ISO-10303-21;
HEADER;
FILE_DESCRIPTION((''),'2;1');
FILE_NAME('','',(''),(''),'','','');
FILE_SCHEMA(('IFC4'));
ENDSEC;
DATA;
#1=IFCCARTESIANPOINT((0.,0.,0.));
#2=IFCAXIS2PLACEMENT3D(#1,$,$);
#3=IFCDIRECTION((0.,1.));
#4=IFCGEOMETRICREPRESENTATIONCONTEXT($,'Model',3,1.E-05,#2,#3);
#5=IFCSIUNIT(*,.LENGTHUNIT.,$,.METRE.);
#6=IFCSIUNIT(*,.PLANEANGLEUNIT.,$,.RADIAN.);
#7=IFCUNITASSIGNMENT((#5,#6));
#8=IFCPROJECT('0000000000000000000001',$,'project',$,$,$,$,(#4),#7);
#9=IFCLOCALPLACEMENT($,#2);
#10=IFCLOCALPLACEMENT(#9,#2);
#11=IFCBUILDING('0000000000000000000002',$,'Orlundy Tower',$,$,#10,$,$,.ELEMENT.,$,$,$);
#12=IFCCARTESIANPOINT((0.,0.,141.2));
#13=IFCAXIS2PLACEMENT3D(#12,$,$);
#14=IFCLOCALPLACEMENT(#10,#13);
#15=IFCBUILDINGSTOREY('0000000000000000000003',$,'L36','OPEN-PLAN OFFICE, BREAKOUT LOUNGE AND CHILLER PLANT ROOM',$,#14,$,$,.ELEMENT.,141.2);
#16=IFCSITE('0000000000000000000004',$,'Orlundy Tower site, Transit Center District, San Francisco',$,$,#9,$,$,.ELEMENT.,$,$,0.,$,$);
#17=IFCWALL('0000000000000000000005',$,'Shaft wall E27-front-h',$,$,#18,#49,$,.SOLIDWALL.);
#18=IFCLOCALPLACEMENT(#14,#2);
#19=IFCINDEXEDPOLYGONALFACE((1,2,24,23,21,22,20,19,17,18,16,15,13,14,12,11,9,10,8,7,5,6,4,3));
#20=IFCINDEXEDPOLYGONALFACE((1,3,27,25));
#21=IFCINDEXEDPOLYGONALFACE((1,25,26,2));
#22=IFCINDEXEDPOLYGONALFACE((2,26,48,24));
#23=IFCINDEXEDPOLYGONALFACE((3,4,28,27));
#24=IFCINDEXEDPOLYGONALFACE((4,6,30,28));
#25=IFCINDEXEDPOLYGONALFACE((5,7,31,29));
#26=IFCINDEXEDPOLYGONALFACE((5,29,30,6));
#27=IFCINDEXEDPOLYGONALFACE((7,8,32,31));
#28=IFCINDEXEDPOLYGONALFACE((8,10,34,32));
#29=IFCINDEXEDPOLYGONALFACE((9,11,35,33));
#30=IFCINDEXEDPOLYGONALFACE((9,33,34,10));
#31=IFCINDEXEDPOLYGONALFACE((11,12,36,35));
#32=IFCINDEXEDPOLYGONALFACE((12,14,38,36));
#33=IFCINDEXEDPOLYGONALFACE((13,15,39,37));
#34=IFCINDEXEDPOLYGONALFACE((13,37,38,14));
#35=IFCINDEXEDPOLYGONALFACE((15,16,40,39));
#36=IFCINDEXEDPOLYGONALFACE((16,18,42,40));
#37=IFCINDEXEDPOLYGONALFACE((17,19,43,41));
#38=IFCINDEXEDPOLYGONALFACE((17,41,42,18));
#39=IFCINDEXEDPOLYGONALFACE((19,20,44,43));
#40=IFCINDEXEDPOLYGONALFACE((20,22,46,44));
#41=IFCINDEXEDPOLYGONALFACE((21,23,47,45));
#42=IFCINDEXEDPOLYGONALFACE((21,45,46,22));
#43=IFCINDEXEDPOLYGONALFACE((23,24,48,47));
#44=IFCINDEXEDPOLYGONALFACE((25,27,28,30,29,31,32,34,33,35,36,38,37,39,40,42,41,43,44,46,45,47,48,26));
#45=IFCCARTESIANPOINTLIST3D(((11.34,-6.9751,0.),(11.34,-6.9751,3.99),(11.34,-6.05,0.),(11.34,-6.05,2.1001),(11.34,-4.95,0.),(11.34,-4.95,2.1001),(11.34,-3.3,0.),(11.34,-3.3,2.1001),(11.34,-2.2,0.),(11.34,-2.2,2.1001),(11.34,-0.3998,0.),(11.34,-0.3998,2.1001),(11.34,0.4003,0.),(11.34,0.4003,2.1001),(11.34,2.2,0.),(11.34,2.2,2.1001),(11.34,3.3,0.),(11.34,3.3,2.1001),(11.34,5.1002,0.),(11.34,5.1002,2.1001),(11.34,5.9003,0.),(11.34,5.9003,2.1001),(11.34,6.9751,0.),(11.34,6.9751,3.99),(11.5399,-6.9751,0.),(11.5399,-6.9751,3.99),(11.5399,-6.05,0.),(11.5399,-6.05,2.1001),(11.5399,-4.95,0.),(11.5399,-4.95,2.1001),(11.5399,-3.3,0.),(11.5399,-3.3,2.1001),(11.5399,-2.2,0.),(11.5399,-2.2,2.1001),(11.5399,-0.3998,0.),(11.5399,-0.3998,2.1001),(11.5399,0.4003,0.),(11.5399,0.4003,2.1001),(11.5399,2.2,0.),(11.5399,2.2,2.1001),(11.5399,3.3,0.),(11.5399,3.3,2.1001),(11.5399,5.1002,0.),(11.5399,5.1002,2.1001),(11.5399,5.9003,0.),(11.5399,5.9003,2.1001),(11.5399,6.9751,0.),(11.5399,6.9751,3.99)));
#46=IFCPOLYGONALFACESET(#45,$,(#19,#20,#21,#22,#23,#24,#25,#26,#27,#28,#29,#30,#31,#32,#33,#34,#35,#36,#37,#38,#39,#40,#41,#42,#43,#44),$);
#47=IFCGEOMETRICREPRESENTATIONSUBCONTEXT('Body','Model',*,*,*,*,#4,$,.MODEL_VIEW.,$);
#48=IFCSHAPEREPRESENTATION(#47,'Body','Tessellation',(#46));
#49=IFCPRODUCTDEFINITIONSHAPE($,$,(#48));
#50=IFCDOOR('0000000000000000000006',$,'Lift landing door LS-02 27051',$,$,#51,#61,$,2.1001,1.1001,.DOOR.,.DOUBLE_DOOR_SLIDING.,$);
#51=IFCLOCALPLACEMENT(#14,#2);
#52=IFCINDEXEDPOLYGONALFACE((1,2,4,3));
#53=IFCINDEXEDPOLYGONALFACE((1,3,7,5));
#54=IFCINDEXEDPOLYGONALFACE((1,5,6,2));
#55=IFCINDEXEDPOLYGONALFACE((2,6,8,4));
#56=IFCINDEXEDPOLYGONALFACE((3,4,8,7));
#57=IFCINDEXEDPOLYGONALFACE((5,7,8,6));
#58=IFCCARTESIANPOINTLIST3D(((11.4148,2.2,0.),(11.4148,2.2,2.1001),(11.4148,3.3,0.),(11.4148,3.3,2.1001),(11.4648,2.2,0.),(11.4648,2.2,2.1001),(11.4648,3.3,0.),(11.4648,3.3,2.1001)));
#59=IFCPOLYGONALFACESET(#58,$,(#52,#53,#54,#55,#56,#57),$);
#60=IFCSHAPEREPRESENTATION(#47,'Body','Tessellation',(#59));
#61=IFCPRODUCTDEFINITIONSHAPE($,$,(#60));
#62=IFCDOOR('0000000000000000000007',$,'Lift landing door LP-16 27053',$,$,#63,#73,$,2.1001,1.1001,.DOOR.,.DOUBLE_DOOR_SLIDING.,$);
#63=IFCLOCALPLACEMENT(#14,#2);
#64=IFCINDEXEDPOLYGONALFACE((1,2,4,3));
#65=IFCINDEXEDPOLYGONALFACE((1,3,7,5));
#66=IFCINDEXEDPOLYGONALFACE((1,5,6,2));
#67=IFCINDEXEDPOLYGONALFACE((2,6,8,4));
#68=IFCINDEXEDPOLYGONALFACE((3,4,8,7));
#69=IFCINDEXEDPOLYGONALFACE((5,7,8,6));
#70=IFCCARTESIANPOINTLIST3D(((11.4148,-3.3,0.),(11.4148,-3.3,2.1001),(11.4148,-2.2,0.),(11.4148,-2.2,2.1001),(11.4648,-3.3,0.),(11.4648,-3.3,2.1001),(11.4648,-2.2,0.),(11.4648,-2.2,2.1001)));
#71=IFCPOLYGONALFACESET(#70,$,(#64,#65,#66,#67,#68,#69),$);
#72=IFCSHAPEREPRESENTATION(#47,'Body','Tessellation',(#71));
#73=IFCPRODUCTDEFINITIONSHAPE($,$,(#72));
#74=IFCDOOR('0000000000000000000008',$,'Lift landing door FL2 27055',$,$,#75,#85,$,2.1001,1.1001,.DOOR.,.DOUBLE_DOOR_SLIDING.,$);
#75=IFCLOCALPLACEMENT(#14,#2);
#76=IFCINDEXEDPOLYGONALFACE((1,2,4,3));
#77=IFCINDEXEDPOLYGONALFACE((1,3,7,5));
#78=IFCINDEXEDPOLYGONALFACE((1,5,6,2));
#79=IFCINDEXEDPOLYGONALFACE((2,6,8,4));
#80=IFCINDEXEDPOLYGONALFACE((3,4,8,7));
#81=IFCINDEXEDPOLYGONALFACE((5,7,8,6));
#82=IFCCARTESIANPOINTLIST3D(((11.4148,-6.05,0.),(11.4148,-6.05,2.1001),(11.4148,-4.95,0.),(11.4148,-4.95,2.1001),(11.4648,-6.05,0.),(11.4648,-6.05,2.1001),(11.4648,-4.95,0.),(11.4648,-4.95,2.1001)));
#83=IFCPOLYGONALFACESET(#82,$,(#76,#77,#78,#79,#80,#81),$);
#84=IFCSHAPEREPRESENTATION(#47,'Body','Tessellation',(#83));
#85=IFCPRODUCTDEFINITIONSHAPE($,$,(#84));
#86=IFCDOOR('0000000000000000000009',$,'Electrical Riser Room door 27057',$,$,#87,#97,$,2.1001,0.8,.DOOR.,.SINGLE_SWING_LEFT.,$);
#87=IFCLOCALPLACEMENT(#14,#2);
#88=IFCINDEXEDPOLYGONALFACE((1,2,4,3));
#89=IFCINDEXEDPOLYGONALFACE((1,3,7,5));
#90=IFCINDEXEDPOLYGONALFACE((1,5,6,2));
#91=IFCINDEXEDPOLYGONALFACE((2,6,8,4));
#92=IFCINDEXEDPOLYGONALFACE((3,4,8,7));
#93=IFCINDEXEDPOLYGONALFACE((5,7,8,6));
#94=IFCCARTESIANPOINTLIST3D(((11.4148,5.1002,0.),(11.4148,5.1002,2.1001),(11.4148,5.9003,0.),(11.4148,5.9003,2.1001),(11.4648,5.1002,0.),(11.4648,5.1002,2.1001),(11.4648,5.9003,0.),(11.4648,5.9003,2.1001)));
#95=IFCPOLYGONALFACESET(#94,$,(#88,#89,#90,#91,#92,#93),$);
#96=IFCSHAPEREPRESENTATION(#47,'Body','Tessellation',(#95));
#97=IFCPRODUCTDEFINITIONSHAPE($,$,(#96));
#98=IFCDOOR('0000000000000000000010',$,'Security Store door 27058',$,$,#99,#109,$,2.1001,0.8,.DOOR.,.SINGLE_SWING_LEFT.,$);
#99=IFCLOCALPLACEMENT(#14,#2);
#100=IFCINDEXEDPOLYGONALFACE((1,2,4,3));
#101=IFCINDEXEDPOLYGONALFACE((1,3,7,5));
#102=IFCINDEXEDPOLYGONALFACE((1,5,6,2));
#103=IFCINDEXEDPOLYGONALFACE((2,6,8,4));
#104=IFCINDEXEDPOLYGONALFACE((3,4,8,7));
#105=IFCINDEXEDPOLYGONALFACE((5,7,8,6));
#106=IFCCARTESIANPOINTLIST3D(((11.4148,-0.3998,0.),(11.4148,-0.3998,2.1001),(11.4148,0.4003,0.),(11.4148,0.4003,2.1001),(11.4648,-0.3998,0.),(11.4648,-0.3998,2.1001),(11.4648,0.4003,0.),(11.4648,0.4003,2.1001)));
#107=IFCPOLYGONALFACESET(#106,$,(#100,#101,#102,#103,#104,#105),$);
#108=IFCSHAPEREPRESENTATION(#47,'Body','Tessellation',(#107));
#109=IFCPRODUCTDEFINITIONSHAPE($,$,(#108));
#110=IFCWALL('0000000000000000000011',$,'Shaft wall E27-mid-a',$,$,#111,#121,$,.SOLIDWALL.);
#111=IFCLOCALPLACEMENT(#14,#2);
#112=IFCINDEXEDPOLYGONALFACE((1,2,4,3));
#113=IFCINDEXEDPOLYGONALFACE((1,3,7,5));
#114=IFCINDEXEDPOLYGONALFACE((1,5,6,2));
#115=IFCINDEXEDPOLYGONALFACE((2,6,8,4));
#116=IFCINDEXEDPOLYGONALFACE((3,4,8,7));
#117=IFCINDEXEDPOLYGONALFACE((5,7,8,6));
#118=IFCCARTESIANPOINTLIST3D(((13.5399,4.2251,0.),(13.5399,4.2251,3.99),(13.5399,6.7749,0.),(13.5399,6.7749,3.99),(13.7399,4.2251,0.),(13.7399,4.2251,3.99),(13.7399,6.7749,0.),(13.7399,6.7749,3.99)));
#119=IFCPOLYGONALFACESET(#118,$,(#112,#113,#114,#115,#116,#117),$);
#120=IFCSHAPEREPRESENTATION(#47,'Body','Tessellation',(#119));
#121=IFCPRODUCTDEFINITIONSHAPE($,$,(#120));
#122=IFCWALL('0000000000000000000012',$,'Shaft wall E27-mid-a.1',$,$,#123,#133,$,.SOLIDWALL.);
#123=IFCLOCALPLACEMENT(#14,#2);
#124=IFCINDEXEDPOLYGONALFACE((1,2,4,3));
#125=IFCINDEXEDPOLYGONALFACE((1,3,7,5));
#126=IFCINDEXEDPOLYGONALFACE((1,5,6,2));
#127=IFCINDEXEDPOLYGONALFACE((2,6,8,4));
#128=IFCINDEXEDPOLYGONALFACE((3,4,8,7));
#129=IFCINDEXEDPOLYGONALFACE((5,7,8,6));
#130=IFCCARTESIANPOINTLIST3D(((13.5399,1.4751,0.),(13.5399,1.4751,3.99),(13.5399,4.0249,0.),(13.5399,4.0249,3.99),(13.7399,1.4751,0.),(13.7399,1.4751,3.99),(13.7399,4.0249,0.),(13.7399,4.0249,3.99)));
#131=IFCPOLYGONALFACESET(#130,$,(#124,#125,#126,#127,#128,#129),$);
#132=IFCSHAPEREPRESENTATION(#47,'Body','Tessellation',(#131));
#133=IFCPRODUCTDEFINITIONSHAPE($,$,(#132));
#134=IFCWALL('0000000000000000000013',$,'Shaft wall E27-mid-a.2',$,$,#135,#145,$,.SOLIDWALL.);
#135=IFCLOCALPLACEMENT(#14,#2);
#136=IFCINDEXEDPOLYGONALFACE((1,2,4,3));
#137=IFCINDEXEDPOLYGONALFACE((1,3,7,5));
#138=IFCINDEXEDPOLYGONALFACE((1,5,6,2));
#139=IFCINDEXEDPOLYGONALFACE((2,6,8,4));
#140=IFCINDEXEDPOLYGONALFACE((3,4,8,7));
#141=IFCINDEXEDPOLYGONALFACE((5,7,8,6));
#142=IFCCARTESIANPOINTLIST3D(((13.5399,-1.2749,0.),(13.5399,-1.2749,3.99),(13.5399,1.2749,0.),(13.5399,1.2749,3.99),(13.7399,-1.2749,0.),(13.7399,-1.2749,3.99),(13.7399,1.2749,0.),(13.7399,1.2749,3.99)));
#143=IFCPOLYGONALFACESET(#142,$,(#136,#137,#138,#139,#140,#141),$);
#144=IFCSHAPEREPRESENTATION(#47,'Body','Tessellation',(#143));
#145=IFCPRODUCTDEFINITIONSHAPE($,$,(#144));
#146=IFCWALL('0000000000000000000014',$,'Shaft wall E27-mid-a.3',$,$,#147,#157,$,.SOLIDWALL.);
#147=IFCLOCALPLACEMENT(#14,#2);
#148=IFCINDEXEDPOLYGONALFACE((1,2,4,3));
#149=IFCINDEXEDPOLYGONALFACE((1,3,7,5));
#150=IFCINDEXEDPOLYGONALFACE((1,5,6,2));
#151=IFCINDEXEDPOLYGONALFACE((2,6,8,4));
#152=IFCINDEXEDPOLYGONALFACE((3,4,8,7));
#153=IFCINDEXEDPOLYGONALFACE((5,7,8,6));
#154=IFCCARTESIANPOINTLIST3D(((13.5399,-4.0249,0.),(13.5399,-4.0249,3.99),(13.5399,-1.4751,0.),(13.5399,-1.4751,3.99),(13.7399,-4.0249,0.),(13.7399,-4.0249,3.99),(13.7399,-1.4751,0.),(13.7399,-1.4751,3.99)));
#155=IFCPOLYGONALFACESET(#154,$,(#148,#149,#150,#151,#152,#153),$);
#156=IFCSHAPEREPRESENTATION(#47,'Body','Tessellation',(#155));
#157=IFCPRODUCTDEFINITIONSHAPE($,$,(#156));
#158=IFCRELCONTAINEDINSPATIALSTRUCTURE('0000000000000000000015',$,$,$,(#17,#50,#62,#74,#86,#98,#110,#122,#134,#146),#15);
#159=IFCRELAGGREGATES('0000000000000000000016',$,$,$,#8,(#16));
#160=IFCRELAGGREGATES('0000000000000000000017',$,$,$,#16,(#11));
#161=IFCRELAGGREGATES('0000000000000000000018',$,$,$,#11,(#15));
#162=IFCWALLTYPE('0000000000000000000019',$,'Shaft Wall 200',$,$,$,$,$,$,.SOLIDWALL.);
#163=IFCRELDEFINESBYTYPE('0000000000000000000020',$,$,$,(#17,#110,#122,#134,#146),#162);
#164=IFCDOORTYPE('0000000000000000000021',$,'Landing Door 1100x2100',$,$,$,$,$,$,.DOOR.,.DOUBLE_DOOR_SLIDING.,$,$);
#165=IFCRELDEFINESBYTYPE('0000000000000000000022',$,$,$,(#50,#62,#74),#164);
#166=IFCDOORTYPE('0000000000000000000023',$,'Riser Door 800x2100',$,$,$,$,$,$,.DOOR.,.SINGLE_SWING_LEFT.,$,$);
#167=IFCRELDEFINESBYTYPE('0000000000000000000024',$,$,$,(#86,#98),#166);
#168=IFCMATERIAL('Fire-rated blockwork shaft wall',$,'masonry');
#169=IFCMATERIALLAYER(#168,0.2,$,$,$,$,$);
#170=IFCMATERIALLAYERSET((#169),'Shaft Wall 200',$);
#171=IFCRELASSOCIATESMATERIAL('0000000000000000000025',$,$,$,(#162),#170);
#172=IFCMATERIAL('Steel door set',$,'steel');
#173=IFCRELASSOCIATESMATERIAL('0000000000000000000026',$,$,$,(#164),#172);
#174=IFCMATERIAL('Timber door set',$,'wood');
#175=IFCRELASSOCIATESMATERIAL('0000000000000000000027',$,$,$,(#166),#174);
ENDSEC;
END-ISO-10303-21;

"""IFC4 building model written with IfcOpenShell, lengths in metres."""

from ifc_helpers import new_model, si_unit, direction, frame, frame_2d, origin, place, context, subcontext, project, spatial, rectangle, extrude, material, layer, layer_set, type_object, element, fill, save


model = new_model("IFC4")

# Units and contexts
model_context = context("Model", 3, precision=1e-05, world=origin(), true_north=direction((0.0, 1.0)))
body_context = subcontext(model_context, "Body", "Model", "MODEL_VIEW")
ifc_project = project(units=[si_unit("LENGTHUNIT", "METRE"), si_unit("PLANEANGLEUNIT", "RADIAN")], contexts=[model_context])

# Site, building, storey
site_placement = place(None, origin())
site = spatial("IfcSite", under=ifc_project, at=site_placement, Name="Orlundy Tower site, Transit Center District, San Francisco", CompositionType="ELEMENT", RefElevation=0.0)
building_placement = place(site_placement, origin())
building = spatial("IfcBuilding", under=site, at=building_placement, Name="Orlundy Tower", CompositionType="ELEMENT")
storey_placement = place(building_placement, frame((0.0, 0.0, 141.2)))
storey = spatial("IfcBuildingStorey", under=building, at=storey_placement, Name="L36", Description="OPEN-PLAN OFFICE, BREAKOUT LOUNGE AND CHILLER PLANT ROOM", CompositionType="ELEMENT", Elevation=141.2)

# Shared definitions
ifc_material_1 = material(Name="Fire-rated blockwork shaft wall", Category="masonry")
ifc_layer_1 = layer(ifc_material_1, 0.2)
ifc_layer_set_1 = layer_set([ifc_layer_1], Name="Shaft Wall 200")
wall_type_1 = type_object("IfcWallType", Name="Shaft Wall 200", PredefinedType="SOLIDWALL", material=ifc_layer_set_1)

# Wall, openings, doors
wall_1_placement = place(storey_placement, frame((11.4399, 6.9751, 0.0), z_axis=(0.0, 0.0, 1.0), x_axis=(0.0, -1.0, 0.0)))
wall_1 = element("IfcWall", 1, at=wall_1_placement, inside=storey, type_object=wall_type_1, Name="Shaft wall E27-front-h", PredefinedType="SOLIDWALL", context=body_context, shape_type="SweptSolid", body=[
    extrude(rectangle(XDim=13.9502, YDim=0.2, at=frame_2d((6.9751, 0.0))), origin(), (0.0, 0.0, 1.0), 3.99),
])
opening_1_placement = place(wall_1_placement, frame((3.675, 0.0, 0.0)))
opening_1 = element("IfcOpeningElement", 2, at=opening_1_placement, cuts=wall_1, PredefinedType="OPENING", context=body_context, shape_type="SweptSolid", body=[
    extrude(rectangle(XDim=1.1001, YDim=2.1001, at=frame_2d((0.55, 1.05))), frame((0.0, 0.1101, 0.0), z_axis=(0.0, -1.0, 0.0), x_axis=(1.0, 0.0, 0.0)), (0.0, 0.0, 1.0), 0.2202),
])
opening_2_placement = place(wall_1_placement, frame((9.175, 0.0, 0.0)))
opening_2 = element("IfcOpeningElement", 3, at=opening_2_placement, cuts=wall_1, PredefinedType="OPENING", context=body_context, shape_type="SweptSolid", body=[
    extrude(rectangle(XDim=1.1001, YDim=2.1001, at=frame_2d((0.55, 1.05))), frame((0.0, 0.1101, 0.0), z_axis=(0.0, -1.0, 0.0), x_axis=(1.0, 0.0, 0.0)), (0.0, 0.0, 1.0), 0.2202),
])
opening_3_placement = place(wall_1_placement, frame((11.925, 0.0, 0.0)))
opening_3 = element("IfcOpeningElement", 4, at=opening_3_placement, cuts=wall_1, PredefinedType="OPENING", context=body_context, shape_type="SweptSolid", body=[
    extrude(rectangle(XDim=1.1001, YDim=2.1001, at=frame_2d((0.55, 1.05))), frame((0.0, 0.1101, 0.0), z_axis=(0.0, -1.0, 0.0), x_axis=(1.0, 0.0, 0.0)), (0.0, 0.0, 1.0), 0.2202),
])
opening_4_placement = place(wall_1_placement, frame((1.075, 0.0, 0.0)))
opening_4 = element("IfcOpeningElement", 5, at=opening_4_placement, cuts=wall_1, PredefinedType="OPENING", context=body_context, shape_type="SweptSolid", body=[
    extrude(rectangle(XDim=0.8, YDim=2.1001, at=frame_2d((0.3999, 1.05))), frame((0.0, 0.1101, 0.0), z_axis=(0.0, -1.0, 0.0), x_axis=(1.0, 0.0, 0.0)), (0.0, 0.0, 1.0), 0.2202),
])
opening_5_placement = place(wall_1_placement, frame((6.575, 0.0, 0.0)))
opening_5 = element("IfcOpeningElement", 6, at=opening_5_placement, cuts=wall_1, PredefinedType="OPENING", context=body_context, shape_type="SweptSolid", body=[
    extrude(rectangle(XDim=0.8, YDim=2.1001, at=frame_2d((0.3999, 1.05))), frame((0.0, 0.1101, 0.0), z_axis=(0.0, -1.0, 0.0), x_axis=(1.0, 0.0, 0.0)), (0.0, 0.0, 1.0), 0.2202),
])
ifc_material_2 = material(Name="Steel door set", Category="steel")
door_type_1 = type_object("IfcDoorType", Name="Landing Door 1100x2100", OperationType="DOUBLE_DOOR_SLIDING", PredefinedType="DOOR", material=ifc_material_2)
door_1_placement = place(opening_1_placement, origin())
door_1 = element("IfcDoor", 7, at=door_1_placement, inside=storey, type_object=door_type_1, Name="Lift landing door LS-02 27051", OperationType="DOUBLE_DOOR_SLIDING", OverallHeight=2.1001, OverallWidth=1.1001, PredefinedType="DOOR", context=body_context, shape_type="SweptSolid", body=[
    extrude(rectangle(XDim=1.1001, YDim=2.1001, at=frame_2d((0.55, 1.05))), frame((0.0, 0.0249, 0.0), z_axis=(0.0, -1.0, 0.0), x_axis=(1.0, 0.0, 0.0)), (0.0, 0.0, 1.0), 0.05),
])
fill(opening_1, door_1)
door_2_placement = place(opening_2_placement, origin())
door_2 = element("IfcDoor", 8, at=door_2_placement, inside=storey, type_object=door_type_1, Name="Lift landing door LP-16 27053", OperationType="DOUBLE_DOOR_SLIDING", OverallHeight=2.1001, OverallWidth=1.1001, PredefinedType="DOOR", context=body_context, shape_type="SweptSolid", body=[
    extrude(rectangle(XDim=1.1001, YDim=2.1001, at=frame_2d((0.55, 1.05))), frame((0.0, 0.0249, 0.0), z_axis=(0.0, -1.0, 0.0), x_axis=(1.0, 0.0, 0.0)), (0.0, 0.0, 1.0), 0.05),
])
fill(opening_2, door_2)
door_3_placement = place(opening_3_placement, origin())
door_3 = element("IfcDoor", 9, at=door_3_placement, inside=storey, type_object=door_type_1, Name="Lift landing door FL2 27055", OperationType="DOUBLE_DOOR_SLIDING", OverallHeight=2.1001, OverallWidth=1.1001, PredefinedType="DOOR", context=body_context, shape_type="SweptSolid", body=[
    extrude(rectangle(XDim=1.1001, YDim=2.1001, at=frame_2d((0.55, 1.05))), frame((0.0, 0.0249, 0.0), z_axis=(0.0, -1.0, 0.0), x_axis=(1.0, 0.0, 0.0)), (0.0, 0.0, 1.0), 0.05),
])
fill(opening_3, door_3)
ifc_material_3 = material(Name="Timber door set", Category="wood")
door_type_2 = type_object("IfcDoorType", Name="Riser Door 800x2100", OperationType="SINGLE_SWING_LEFT", PredefinedType="DOOR", material=ifc_material_3)
door_4_placement = place(opening_4_placement, origin())
door_4 = element("IfcDoor", 10, at=door_4_placement, inside=storey, type_object=door_type_2, Name="Electrical Riser Room door 27057", OperationType="SINGLE_SWING_LEFT", OverallHeight=2.1001, OverallWidth=0.8, PredefinedType="DOOR", context=body_context, shape_type="SweptSolid", body=[
    extrude(rectangle(XDim=0.8, YDim=2.1001, at=frame_2d((0.3999, 1.05))), frame((0.0, 0.0249, 0.0), z_axis=(0.0, -1.0, 0.0), x_axis=(1.0, 0.0, 0.0)), (0.0, 0.0, 1.0), 0.05),
])
fill(opening_4, door_4)
door_5_placement = place(opening_5_placement, origin())
door_5 = element("IfcDoor", 11, at=door_5_placement, inside=storey, type_object=door_type_2, Name="Security Store door 27058", OperationType="SINGLE_SWING_LEFT", OverallHeight=2.1001, OverallWidth=0.8, PredefinedType="DOOR", context=body_context, shape_type="SweptSolid", body=[
    extrude(rectangle(XDim=0.8, YDim=2.1001, at=frame_2d((0.3999, 1.05))), frame((0.0, 0.0249, 0.0), z_axis=(0.0, -1.0, 0.0), x_axis=(1.0, 0.0, 0.0)), (0.0, 0.0, 1.0), 0.05),
])
fill(opening_5, door_5)

# Walls
for number, where, z_axis, x_axis, name in (
    (12, (13.6399, 6.7749, 0.0), (0.0, 0.0, 1.0), (0.0, -1.0, 0.0), "Shaft wall E27-mid-a"),
    (13, (13.6399, 4.0249, 0.0), (0.0, 0.0, 1.0), (0.0, -1.0, 0.0), "Shaft wall E27-mid-a.1"),
    (14, (13.6399, 1.2749, 0.0), (0.0, 0.0, 1.0), (0.0, -1.0, 0.0), "Shaft wall E27-mid-a.2"),
    (15, (13.6399, -1.4751, 0.0), (0.0, 0.0, 1.0), (0.0, -1.0, 0.0), "Shaft wall E27-mid-a.3"),
):
    element("IfcWall", number, at=place(storey_placement, frame(where, z_axis=z_axis, x_axis=x_axis)), inside=storey, type_object=wall_type_1, Name=name, PredefinedType="SOLIDWALL", context=body_context, shape_type="SweptSolid", body=[
        extrude(rectangle(XDim=2.5498, YDim=0.2, at=frame_2d((1.2749, 0.0))), origin(), (0.0, 0.0, 1.0), 3.99),
    ])

save(model, "model.ifc")
